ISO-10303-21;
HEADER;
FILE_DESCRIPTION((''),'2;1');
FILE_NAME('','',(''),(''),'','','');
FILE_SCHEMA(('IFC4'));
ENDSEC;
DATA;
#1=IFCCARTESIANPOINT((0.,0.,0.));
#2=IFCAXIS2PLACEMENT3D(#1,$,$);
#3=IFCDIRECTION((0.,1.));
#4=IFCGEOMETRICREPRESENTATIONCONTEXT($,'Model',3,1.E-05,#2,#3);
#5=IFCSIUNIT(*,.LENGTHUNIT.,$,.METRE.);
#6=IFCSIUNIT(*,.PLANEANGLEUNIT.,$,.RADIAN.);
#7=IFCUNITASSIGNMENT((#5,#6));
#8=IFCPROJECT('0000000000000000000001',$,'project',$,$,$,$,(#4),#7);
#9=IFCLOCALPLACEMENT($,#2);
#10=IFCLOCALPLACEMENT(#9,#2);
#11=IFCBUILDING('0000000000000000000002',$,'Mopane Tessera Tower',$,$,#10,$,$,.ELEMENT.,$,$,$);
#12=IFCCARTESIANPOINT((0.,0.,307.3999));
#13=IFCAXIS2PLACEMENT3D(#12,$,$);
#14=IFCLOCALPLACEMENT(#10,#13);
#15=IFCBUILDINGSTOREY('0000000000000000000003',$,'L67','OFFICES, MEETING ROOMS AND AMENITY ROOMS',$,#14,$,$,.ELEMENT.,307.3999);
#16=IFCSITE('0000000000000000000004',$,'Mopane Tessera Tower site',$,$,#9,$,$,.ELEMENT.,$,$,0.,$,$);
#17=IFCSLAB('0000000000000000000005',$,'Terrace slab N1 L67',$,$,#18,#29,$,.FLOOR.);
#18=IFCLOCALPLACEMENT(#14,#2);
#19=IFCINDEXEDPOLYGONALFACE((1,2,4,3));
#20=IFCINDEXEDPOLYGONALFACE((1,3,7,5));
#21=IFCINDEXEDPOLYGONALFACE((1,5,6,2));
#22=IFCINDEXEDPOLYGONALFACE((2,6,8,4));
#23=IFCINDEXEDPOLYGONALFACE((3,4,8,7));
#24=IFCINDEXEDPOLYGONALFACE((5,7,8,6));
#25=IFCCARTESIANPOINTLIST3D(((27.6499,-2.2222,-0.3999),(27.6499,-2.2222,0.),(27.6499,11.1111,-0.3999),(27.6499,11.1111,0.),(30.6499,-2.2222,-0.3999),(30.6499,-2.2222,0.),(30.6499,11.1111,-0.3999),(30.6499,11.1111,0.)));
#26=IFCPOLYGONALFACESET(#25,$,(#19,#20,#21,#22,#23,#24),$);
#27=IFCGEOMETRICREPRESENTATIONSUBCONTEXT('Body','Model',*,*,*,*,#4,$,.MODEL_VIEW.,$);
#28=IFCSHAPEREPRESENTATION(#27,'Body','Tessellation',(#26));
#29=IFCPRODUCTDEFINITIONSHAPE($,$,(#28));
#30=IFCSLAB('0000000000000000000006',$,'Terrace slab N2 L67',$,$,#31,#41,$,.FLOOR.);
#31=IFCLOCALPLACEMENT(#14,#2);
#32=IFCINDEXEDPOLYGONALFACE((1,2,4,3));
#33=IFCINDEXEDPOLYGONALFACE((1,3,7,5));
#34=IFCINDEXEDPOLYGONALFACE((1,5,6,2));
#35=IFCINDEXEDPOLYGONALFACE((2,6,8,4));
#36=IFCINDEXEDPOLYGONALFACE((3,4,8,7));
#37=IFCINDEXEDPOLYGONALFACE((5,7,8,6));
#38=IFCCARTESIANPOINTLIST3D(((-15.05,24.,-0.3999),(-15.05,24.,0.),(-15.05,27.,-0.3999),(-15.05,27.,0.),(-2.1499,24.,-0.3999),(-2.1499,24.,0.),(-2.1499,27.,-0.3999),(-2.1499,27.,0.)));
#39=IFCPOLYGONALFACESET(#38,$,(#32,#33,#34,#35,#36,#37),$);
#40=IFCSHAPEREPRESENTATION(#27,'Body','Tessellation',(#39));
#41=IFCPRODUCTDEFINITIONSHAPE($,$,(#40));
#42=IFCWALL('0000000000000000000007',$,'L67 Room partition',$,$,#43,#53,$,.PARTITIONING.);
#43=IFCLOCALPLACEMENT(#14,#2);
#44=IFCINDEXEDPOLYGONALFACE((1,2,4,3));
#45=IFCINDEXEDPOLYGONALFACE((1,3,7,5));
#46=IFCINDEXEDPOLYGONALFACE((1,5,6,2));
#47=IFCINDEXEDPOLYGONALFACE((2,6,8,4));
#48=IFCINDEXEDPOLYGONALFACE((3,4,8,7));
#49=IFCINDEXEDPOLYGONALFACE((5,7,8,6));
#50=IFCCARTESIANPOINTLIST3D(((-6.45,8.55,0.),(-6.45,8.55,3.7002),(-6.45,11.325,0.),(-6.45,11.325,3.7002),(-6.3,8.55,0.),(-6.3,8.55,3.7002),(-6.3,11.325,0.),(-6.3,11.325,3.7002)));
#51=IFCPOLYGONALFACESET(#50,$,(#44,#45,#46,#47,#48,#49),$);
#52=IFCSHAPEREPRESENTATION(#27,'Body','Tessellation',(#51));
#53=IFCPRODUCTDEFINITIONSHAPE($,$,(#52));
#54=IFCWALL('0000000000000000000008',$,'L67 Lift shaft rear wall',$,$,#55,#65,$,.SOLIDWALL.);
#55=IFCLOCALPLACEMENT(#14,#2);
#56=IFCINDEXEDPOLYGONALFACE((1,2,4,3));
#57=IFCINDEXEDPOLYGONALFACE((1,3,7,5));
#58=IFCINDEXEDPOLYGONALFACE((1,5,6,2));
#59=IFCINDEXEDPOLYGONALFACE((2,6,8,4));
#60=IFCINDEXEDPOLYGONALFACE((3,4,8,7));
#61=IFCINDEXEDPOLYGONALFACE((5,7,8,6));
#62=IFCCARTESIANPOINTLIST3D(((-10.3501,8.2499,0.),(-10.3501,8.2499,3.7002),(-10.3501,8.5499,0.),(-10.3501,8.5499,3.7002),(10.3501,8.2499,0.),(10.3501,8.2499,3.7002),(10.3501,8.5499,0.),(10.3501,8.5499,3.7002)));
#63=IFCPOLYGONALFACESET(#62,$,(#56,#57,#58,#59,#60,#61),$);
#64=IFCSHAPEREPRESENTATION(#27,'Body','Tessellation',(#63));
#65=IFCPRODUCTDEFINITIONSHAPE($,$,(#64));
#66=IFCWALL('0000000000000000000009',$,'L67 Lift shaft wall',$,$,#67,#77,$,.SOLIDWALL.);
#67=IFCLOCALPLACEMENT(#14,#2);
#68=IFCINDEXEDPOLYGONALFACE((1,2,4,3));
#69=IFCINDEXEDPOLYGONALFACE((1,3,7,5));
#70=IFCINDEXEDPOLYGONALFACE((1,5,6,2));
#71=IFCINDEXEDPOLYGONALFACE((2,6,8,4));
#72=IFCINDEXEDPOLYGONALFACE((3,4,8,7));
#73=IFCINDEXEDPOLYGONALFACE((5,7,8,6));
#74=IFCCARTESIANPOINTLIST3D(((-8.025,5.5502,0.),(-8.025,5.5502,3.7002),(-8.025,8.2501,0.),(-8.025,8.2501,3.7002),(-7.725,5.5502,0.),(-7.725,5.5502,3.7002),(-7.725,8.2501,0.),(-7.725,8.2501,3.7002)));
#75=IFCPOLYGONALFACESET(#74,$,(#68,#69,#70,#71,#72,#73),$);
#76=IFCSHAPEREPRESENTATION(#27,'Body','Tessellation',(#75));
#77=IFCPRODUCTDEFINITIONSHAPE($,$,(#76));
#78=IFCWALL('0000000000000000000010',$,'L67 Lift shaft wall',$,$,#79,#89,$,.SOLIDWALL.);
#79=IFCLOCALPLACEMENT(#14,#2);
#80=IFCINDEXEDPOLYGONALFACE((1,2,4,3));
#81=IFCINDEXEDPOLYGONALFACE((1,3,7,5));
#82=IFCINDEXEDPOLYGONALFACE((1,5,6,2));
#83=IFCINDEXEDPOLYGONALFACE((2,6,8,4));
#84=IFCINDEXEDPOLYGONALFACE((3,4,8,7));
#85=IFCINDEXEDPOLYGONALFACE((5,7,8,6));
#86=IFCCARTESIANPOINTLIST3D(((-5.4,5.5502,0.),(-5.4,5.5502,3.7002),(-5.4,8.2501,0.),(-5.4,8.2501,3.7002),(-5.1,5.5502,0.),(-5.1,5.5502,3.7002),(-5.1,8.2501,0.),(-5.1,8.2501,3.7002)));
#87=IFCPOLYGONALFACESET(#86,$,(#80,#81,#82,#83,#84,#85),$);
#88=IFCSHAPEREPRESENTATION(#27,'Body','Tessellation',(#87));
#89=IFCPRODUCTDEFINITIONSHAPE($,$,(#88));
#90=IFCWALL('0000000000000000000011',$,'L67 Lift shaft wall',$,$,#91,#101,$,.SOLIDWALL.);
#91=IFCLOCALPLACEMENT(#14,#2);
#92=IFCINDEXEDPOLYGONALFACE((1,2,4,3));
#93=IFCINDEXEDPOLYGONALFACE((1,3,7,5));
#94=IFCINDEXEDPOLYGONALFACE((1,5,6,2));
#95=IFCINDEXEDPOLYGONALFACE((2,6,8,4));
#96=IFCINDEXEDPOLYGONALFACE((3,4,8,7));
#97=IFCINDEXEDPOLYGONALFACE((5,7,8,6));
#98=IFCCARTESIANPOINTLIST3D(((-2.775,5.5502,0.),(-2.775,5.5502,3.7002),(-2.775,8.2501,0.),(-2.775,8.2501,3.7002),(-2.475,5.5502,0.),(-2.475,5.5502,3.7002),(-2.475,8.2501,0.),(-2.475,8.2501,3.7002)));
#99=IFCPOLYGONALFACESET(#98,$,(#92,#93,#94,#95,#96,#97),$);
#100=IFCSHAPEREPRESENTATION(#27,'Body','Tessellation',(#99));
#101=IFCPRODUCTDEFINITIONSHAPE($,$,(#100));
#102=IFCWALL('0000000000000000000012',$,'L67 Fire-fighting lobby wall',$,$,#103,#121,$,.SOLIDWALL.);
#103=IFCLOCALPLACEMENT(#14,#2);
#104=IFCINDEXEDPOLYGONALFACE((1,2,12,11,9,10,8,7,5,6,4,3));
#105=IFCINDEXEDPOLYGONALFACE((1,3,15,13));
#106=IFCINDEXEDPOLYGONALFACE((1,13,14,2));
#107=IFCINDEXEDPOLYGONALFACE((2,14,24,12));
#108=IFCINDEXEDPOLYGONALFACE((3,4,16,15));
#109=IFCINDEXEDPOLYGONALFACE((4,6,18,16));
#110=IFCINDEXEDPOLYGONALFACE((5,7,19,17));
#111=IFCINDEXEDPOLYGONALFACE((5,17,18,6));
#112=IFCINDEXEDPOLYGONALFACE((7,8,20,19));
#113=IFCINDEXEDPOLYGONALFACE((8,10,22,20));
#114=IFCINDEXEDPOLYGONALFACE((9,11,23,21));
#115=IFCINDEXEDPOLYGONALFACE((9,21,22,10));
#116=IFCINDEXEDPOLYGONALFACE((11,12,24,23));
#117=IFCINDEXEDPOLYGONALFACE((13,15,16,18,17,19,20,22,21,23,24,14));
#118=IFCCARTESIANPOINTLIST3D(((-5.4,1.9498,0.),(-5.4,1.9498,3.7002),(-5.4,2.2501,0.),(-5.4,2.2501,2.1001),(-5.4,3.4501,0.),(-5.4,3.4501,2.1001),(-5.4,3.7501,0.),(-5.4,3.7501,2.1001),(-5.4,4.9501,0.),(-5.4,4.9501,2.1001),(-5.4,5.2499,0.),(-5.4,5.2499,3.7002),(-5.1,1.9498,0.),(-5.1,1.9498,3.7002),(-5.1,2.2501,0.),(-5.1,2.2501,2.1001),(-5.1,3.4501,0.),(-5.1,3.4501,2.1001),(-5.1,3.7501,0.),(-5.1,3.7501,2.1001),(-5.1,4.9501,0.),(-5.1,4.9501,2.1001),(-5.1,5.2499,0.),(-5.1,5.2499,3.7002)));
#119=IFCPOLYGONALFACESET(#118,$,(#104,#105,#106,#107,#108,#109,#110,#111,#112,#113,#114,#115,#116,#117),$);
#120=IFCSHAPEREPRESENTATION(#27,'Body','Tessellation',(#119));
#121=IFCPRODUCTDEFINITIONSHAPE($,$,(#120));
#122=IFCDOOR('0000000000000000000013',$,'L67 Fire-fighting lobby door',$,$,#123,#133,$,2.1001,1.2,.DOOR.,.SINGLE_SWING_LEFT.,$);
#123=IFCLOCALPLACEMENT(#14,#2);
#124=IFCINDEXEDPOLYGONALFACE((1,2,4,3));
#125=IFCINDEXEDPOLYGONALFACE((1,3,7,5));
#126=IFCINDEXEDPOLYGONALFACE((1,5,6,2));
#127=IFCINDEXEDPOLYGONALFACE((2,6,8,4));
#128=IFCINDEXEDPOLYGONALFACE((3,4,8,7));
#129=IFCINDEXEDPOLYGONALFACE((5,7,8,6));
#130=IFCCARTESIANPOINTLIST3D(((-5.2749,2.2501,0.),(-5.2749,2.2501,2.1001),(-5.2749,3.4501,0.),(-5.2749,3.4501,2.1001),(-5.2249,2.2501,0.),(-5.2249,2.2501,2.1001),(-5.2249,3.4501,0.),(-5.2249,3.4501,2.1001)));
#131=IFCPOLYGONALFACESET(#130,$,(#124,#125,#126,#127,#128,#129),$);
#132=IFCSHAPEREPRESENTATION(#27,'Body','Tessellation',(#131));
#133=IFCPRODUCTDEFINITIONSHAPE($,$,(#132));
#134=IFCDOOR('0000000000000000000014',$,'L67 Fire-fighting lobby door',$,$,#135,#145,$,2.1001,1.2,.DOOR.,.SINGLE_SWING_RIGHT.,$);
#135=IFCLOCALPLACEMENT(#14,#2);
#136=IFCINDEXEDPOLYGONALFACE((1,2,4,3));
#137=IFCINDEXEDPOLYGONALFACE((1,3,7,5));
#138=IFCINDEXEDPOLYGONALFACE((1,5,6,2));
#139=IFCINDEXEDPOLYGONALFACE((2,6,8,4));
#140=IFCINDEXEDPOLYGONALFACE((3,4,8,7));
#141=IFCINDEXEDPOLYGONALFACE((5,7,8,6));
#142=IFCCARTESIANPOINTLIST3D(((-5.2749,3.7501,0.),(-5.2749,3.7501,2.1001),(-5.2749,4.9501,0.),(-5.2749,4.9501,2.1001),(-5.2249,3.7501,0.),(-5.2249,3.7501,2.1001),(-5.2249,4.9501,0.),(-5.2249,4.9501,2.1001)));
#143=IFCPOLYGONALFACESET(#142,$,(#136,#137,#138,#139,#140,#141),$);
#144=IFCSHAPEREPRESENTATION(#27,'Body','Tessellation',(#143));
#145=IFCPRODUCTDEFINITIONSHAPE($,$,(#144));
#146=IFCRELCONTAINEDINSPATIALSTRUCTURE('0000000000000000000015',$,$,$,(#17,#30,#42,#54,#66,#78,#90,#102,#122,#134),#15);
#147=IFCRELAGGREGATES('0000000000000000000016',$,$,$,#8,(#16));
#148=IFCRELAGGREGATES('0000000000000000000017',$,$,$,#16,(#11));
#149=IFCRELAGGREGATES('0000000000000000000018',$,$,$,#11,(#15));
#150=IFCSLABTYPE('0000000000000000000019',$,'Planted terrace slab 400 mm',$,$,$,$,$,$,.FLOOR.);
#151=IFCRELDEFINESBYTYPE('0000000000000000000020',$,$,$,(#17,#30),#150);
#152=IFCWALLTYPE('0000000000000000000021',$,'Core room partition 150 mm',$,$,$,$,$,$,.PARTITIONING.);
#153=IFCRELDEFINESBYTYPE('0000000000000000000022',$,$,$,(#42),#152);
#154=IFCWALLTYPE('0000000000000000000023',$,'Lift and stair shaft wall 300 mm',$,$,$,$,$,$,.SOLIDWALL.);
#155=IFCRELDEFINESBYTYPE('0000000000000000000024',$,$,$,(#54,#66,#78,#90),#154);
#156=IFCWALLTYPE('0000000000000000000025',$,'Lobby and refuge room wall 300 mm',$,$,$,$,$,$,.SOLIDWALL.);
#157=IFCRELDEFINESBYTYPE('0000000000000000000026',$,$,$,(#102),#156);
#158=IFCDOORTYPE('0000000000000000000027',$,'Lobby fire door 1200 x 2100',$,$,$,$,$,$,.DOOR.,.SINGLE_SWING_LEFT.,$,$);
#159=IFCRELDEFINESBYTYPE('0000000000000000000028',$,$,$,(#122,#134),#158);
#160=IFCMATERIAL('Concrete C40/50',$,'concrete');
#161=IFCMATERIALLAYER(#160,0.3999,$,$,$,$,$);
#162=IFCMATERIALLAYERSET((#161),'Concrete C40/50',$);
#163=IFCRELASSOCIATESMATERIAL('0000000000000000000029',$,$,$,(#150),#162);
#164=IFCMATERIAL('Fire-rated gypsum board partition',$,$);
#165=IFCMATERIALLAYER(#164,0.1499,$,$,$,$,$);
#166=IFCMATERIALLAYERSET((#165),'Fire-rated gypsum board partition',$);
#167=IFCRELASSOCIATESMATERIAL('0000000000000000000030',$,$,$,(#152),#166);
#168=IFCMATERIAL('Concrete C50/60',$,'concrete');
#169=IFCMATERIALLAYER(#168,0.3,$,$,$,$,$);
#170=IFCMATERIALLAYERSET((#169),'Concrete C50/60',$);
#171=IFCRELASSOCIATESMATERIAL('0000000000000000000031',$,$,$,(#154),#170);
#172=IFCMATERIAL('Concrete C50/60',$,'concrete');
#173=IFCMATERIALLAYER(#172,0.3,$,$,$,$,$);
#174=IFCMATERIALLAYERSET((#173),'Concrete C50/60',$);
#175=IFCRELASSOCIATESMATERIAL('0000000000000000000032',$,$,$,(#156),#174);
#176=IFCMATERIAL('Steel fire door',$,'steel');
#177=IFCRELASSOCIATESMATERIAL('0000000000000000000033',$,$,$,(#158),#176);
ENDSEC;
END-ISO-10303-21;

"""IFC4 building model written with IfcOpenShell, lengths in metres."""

from ifc_helpers import new_model, si_unit, direction, frame, frame_2d, origin, place, context, subcontext, project, spatial, polyline, rectangle, outline, extrude, material, layer, layer_set, type_object, element, fill, save


model = new_model("IFC4")

# Units and contexts
model_context = context("Model", 3, precision=1e-05, world=origin(), true_north=direction((0.0, 1.0)))
body_context = subcontext(model_context, "Body", "Model", "MODEL_VIEW")
ifc_project = project(units=[si_unit("LENGTHUNIT", "METRE"), si_unit("PLANEANGLEUNIT", "RADIAN")], contexts=[model_context])

# Site, building, storey
site_placement = place(None, origin())
site = spatial("IfcSite", under=ifc_project, at=site_placement, Name="Mopane Tessera Tower site", CompositionType="ELEMENT", RefElevation=0.0)
building_placement = place(site_placement, origin())
building = spatial("IfcBuilding", under=site, at=building_placement, Name="Mopane Tessera Tower", CompositionType="ELEMENT")
storey_placement = place(building_placement, frame((0.0, 0.0, 307.3999)))
storey = spatial("IfcBuildingStorey", under=building, at=storey_placement, Name="L67", Description="OFFICES, MEETING ROOMS AND AMENITY ROOMS", CompositionType="ELEMENT", Elevation=307.3999)

# Slabs
ifc_material_1 = material(Name="Concrete C40/50", Category="concrete")
ifc_layer_1 = layer(ifc_material_1, 0.3999)
ifc_layer_set_1 = layer_set([ifc_layer_1], Name="Concrete C40/50")
slab_type = type_object("IfcSlabType", Name="Planted terrace slab 400 mm", PredefinedType="FLOOR", material=ifc_layer_set_1)
slab_1_placement = place(storey_placement, frame((0.0, 0.0, -0.3999)))
element("IfcSlab", 1, at=slab_1_placement, inside=storey, type_object=slab_type, Name="Terrace slab N1 L67", PredefinedType="FLOOR", context=body_context, shape_type="SweptSolid", body=[
    extrude(outline(polyline([(30.6499, 11.1111), (27.6499, 11.1111), (27.6499, -2.2222), (30.6499, -2.2222), (30.6499, 11.1111)])), origin(), (0.0, 0.0, 1.0), 0.3999),
])
slab_2_placement = place(storey_placement, frame((0.0, 0.0, -0.3999)))
element("IfcSlab", 2, at=slab_2_placement, inside=storey, type_object=slab_type, Name="Terrace slab N2 L67", PredefinedType="FLOOR", context=body_context, shape_type="SweptSolid", body=[
    extrude(outline(polyline([(-15.05, 27.0), (-15.05, 24.0), (-2.1499, 24.0), (-2.1499, 27.0), (-15.05, 27.0)])), origin(), (0.0, 0.0, 1.0), 0.3999),
])

# Walls
ifc_material_2 = material(Name="Fire-rated gypsum board partition")
ifc_layer_2 = layer(ifc_material_2, 0.1499)
ifc_layer_set_2 = layer_set([ifc_layer_2], Name="Fire-rated gypsum board partition")
wall_type_1 = type_object("IfcWallType", Name="Core room partition 150 mm", PredefinedType="PARTITIONING", material=ifc_layer_set_2)
wall_1_placement = place(storey_placement, frame((-6.375, 8.55, 0.0), z_axis=(0.0, 0.0, 1.0), x_axis=(0.0, 1.0, 0.0)))
element("IfcWall", 3, at=wall_1_placement, inside=storey, type_object=wall_type_1, Name="L67 Room partition", PredefinedType="PARTITIONING", context=body_context, shape_type="SweptSolid", body=[
    extrude(rectangle(XDim=2.7749, YDim=0.1499, at=frame_2d((1.3875, 0.0))), origin(), (0.0, 0.0, 1.0), 3.7002),
])
ifc_material_3 = material(Name="Concrete C50/60", Category="concrete")
ifc_layer_3 = layer(ifc_material_3, 0.3)
ifc_layer_set_3 = layer_set([ifc_layer_3], Name="Concrete C50/60")
wall_type_2 = type_object("IfcWallType", Name="Lift and stair shaft wall 300 mm", PredefinedType="SOLIDWALL", material=ifc_layer_set_3)
wall_2_placement = place(storey_placement, frame((-10.3501, 8.3999, 0.0), z_axis=(0.0, 0.0, 1.0), x_axis=(1.0, 0.0, 0.0)))
element("IfcWall", 4, at=wall_2_placement, inside=storey, type_object=wall_type_2, Name="L67 Lift shaft rear wall", PredefinedType="SOLIDWALL", context=body_context, shape_type="SweptSolid", body=[
    extrude(rectangle(XDim=20.7002, YDim=0.3, at=frame_2d((10.3501, 0.0))), origin(), (0.0, 0.0, 1.0), 3.7002),
])
for number, where, z_axis, x_axis, name in (
    (5, (-7.875, 5.55, 0.0), (0.0, 0.0, 1.0), (0.0, 1.0, 0.0), "L67 Lift shaft wall"),
    (6, (-5.25, 5.55, 0.0), (0.0, 0.0, 1.0), (0.0, 1.0, 0.0), "L67 Lift shaft wall"),
    (7, (-2.625, 5.55, 0.0), (0.0, 0.0, 1.0), (0.0, 1.0, 0.0), "L67 Lift shaft wall"),
):
    element("IfcWall", number, at=place(storey_placement, frame(where, z_axis=z_axis, x_axis=x_axis)), inside=storey, type_object=wall_type_2, Name=name, PredefinedType="SOLIDWALL", context=body_context, shape_type="SweptSolid", body=[
        extrude(rectangle(XDim=2.7, YDim=0.3, at=frame_2d((1.3501, 0.0))), origin(), (0.0, 0.0, 1.0), 3.7002),
    ])

# Wall, openings, doors
ifc_material_4 = material(Name="Concrete C50/60", Category="concrete")
ifc_layer_4 = layer(ifc_material_4, 0.3)
ifc_layer_set_4 = layer_set([ifc_layer_4], Name="Concrete C50/60")
wall_type_3 = type_object("IfcWallType", Name="Lobby and refuge room wall 300 mm", PredefinedType="SOLIDWALL", material=ifc_layer_set_4)
wall_3_placement = place(storey_placement, frame((-5.25, 1.95, 0.0), z_axis=(0.0, 0.0, 1.0), x_axis=(0.0, 1.0, 0.0)))
wall_3 = element("IfcWall", 8, at=wall_3_placement, inside=storey, type_object=wall_type_3, Name="L67 Fire-fighting lobby wall", PredefinedType="SOLIDWALL", context=body_context, shape_type="SweptSolid", body=[
    extrude(rectangle(XDim=3.3, YDim=0.3, at=frame_2d((1.6499, 0.0))), origin(), (0.0, 0.0, 1.0), 3.7002),
])
opening_1_placement = place(wall_3_placement, frame((0.3, 0.0, 0.0)))
opening_1 = element("IfcOpeningElement", 9, at=opening_1_placement, cuts=wall_3, PredefinedType="OPENING", context=body_context, shape_type="SweptSolid", body=[
    extrude(rectangle(XDim=1.2, YDim=2.1001, at=frame_2d((0.6001, 1.05))), frame((0.0, 0.1621, 0.0), z_axis=(0.0, -1.0, 0.0), x_axis=(1.0, 0.0, 0.0)), (0.0, 0.0, 1.0), 0.324),
])
opening_2_placement = place(wall_3_placement, frame((1.8, 0.0, 0.0)))
opening_2 = element("IfcOpeningElement", 10, at=opening_2_placement, cuts=wall_3, PredefinedType="OPENING", context=body_context, shape_type="SweptSolid", body=[
    extrude(rectangle(XDim=1.2, YDim=2.1001, at=frame_2d((0.6001, 1.05))), frame((0.0, 0.1621, 0.0), z_axis=(0.0, -1.0, 0.0), x_axis=(1.0, 0.0, 0.0)), (0.0, 0.0, 1.0), 0.324),
])
ifc_material_5 = material(Name="Steel fire door", Category="steel")
door_type = type_object("IfcDoorType", Name="Lobby fire door 1200 x 2100", OperationType="SINGLE_SWING_LEFT", PredefinedType="DOOR", material=ifc_material_5)
door_1_placement = place(opening_1_placement, origin())
door_1 = element("IfcDoor", 11, at=door_1_placement, inside=storey, type_object=door_type, Name="L67 Fire-fighting lobby door", OperationType="SINGLE_SWING_LEFT", OverallHeight=2.1001, OverallWidth=1.2, PredefinedType="DOOR", context=body_context, shape_type="SweptSolid", body=[
    extrude(rectangle(XDim=1.2, YDim=2.1001, at=frame_2d((0.6001, 1.05))), frame((0.0, 0.0249, 0.0), z_axis=(0.0, -1.0, 0.0), x_axis=(1.0, 0.0, 0.0)), (0.0, 0.0, 1.0), 0.05),
])
fill(opening_1, door_1)
door_2_placement = place(opening_2_placement, origin())
door_2 = element("IfcDoor", 12, at=door_2_placement, inside=storey, type_object=door_type, Name="L67 Fire-fighting lobby door", OperationType="SINGLE_SWING_RIGHT", OverallHeight=2.1001, OverallWidth=1.2, PredefinedType="DOOR", context=body_context, shape_type="SweptSolid", body=[
    extrude(rectangle(XDim=1.2, YDim=2.1001, at=frame_2d((0.6001, 1.05))), frame((0.0, 0.0249, 0.0), z_axis=(0.0, -1.0, 0.0), x_axis=(1.0, 0.0, 0.0)), (0.0, 0.0, 1.0), 0.05),
])
fill(opening_2, door_2)

save(model, "model.ifc")
